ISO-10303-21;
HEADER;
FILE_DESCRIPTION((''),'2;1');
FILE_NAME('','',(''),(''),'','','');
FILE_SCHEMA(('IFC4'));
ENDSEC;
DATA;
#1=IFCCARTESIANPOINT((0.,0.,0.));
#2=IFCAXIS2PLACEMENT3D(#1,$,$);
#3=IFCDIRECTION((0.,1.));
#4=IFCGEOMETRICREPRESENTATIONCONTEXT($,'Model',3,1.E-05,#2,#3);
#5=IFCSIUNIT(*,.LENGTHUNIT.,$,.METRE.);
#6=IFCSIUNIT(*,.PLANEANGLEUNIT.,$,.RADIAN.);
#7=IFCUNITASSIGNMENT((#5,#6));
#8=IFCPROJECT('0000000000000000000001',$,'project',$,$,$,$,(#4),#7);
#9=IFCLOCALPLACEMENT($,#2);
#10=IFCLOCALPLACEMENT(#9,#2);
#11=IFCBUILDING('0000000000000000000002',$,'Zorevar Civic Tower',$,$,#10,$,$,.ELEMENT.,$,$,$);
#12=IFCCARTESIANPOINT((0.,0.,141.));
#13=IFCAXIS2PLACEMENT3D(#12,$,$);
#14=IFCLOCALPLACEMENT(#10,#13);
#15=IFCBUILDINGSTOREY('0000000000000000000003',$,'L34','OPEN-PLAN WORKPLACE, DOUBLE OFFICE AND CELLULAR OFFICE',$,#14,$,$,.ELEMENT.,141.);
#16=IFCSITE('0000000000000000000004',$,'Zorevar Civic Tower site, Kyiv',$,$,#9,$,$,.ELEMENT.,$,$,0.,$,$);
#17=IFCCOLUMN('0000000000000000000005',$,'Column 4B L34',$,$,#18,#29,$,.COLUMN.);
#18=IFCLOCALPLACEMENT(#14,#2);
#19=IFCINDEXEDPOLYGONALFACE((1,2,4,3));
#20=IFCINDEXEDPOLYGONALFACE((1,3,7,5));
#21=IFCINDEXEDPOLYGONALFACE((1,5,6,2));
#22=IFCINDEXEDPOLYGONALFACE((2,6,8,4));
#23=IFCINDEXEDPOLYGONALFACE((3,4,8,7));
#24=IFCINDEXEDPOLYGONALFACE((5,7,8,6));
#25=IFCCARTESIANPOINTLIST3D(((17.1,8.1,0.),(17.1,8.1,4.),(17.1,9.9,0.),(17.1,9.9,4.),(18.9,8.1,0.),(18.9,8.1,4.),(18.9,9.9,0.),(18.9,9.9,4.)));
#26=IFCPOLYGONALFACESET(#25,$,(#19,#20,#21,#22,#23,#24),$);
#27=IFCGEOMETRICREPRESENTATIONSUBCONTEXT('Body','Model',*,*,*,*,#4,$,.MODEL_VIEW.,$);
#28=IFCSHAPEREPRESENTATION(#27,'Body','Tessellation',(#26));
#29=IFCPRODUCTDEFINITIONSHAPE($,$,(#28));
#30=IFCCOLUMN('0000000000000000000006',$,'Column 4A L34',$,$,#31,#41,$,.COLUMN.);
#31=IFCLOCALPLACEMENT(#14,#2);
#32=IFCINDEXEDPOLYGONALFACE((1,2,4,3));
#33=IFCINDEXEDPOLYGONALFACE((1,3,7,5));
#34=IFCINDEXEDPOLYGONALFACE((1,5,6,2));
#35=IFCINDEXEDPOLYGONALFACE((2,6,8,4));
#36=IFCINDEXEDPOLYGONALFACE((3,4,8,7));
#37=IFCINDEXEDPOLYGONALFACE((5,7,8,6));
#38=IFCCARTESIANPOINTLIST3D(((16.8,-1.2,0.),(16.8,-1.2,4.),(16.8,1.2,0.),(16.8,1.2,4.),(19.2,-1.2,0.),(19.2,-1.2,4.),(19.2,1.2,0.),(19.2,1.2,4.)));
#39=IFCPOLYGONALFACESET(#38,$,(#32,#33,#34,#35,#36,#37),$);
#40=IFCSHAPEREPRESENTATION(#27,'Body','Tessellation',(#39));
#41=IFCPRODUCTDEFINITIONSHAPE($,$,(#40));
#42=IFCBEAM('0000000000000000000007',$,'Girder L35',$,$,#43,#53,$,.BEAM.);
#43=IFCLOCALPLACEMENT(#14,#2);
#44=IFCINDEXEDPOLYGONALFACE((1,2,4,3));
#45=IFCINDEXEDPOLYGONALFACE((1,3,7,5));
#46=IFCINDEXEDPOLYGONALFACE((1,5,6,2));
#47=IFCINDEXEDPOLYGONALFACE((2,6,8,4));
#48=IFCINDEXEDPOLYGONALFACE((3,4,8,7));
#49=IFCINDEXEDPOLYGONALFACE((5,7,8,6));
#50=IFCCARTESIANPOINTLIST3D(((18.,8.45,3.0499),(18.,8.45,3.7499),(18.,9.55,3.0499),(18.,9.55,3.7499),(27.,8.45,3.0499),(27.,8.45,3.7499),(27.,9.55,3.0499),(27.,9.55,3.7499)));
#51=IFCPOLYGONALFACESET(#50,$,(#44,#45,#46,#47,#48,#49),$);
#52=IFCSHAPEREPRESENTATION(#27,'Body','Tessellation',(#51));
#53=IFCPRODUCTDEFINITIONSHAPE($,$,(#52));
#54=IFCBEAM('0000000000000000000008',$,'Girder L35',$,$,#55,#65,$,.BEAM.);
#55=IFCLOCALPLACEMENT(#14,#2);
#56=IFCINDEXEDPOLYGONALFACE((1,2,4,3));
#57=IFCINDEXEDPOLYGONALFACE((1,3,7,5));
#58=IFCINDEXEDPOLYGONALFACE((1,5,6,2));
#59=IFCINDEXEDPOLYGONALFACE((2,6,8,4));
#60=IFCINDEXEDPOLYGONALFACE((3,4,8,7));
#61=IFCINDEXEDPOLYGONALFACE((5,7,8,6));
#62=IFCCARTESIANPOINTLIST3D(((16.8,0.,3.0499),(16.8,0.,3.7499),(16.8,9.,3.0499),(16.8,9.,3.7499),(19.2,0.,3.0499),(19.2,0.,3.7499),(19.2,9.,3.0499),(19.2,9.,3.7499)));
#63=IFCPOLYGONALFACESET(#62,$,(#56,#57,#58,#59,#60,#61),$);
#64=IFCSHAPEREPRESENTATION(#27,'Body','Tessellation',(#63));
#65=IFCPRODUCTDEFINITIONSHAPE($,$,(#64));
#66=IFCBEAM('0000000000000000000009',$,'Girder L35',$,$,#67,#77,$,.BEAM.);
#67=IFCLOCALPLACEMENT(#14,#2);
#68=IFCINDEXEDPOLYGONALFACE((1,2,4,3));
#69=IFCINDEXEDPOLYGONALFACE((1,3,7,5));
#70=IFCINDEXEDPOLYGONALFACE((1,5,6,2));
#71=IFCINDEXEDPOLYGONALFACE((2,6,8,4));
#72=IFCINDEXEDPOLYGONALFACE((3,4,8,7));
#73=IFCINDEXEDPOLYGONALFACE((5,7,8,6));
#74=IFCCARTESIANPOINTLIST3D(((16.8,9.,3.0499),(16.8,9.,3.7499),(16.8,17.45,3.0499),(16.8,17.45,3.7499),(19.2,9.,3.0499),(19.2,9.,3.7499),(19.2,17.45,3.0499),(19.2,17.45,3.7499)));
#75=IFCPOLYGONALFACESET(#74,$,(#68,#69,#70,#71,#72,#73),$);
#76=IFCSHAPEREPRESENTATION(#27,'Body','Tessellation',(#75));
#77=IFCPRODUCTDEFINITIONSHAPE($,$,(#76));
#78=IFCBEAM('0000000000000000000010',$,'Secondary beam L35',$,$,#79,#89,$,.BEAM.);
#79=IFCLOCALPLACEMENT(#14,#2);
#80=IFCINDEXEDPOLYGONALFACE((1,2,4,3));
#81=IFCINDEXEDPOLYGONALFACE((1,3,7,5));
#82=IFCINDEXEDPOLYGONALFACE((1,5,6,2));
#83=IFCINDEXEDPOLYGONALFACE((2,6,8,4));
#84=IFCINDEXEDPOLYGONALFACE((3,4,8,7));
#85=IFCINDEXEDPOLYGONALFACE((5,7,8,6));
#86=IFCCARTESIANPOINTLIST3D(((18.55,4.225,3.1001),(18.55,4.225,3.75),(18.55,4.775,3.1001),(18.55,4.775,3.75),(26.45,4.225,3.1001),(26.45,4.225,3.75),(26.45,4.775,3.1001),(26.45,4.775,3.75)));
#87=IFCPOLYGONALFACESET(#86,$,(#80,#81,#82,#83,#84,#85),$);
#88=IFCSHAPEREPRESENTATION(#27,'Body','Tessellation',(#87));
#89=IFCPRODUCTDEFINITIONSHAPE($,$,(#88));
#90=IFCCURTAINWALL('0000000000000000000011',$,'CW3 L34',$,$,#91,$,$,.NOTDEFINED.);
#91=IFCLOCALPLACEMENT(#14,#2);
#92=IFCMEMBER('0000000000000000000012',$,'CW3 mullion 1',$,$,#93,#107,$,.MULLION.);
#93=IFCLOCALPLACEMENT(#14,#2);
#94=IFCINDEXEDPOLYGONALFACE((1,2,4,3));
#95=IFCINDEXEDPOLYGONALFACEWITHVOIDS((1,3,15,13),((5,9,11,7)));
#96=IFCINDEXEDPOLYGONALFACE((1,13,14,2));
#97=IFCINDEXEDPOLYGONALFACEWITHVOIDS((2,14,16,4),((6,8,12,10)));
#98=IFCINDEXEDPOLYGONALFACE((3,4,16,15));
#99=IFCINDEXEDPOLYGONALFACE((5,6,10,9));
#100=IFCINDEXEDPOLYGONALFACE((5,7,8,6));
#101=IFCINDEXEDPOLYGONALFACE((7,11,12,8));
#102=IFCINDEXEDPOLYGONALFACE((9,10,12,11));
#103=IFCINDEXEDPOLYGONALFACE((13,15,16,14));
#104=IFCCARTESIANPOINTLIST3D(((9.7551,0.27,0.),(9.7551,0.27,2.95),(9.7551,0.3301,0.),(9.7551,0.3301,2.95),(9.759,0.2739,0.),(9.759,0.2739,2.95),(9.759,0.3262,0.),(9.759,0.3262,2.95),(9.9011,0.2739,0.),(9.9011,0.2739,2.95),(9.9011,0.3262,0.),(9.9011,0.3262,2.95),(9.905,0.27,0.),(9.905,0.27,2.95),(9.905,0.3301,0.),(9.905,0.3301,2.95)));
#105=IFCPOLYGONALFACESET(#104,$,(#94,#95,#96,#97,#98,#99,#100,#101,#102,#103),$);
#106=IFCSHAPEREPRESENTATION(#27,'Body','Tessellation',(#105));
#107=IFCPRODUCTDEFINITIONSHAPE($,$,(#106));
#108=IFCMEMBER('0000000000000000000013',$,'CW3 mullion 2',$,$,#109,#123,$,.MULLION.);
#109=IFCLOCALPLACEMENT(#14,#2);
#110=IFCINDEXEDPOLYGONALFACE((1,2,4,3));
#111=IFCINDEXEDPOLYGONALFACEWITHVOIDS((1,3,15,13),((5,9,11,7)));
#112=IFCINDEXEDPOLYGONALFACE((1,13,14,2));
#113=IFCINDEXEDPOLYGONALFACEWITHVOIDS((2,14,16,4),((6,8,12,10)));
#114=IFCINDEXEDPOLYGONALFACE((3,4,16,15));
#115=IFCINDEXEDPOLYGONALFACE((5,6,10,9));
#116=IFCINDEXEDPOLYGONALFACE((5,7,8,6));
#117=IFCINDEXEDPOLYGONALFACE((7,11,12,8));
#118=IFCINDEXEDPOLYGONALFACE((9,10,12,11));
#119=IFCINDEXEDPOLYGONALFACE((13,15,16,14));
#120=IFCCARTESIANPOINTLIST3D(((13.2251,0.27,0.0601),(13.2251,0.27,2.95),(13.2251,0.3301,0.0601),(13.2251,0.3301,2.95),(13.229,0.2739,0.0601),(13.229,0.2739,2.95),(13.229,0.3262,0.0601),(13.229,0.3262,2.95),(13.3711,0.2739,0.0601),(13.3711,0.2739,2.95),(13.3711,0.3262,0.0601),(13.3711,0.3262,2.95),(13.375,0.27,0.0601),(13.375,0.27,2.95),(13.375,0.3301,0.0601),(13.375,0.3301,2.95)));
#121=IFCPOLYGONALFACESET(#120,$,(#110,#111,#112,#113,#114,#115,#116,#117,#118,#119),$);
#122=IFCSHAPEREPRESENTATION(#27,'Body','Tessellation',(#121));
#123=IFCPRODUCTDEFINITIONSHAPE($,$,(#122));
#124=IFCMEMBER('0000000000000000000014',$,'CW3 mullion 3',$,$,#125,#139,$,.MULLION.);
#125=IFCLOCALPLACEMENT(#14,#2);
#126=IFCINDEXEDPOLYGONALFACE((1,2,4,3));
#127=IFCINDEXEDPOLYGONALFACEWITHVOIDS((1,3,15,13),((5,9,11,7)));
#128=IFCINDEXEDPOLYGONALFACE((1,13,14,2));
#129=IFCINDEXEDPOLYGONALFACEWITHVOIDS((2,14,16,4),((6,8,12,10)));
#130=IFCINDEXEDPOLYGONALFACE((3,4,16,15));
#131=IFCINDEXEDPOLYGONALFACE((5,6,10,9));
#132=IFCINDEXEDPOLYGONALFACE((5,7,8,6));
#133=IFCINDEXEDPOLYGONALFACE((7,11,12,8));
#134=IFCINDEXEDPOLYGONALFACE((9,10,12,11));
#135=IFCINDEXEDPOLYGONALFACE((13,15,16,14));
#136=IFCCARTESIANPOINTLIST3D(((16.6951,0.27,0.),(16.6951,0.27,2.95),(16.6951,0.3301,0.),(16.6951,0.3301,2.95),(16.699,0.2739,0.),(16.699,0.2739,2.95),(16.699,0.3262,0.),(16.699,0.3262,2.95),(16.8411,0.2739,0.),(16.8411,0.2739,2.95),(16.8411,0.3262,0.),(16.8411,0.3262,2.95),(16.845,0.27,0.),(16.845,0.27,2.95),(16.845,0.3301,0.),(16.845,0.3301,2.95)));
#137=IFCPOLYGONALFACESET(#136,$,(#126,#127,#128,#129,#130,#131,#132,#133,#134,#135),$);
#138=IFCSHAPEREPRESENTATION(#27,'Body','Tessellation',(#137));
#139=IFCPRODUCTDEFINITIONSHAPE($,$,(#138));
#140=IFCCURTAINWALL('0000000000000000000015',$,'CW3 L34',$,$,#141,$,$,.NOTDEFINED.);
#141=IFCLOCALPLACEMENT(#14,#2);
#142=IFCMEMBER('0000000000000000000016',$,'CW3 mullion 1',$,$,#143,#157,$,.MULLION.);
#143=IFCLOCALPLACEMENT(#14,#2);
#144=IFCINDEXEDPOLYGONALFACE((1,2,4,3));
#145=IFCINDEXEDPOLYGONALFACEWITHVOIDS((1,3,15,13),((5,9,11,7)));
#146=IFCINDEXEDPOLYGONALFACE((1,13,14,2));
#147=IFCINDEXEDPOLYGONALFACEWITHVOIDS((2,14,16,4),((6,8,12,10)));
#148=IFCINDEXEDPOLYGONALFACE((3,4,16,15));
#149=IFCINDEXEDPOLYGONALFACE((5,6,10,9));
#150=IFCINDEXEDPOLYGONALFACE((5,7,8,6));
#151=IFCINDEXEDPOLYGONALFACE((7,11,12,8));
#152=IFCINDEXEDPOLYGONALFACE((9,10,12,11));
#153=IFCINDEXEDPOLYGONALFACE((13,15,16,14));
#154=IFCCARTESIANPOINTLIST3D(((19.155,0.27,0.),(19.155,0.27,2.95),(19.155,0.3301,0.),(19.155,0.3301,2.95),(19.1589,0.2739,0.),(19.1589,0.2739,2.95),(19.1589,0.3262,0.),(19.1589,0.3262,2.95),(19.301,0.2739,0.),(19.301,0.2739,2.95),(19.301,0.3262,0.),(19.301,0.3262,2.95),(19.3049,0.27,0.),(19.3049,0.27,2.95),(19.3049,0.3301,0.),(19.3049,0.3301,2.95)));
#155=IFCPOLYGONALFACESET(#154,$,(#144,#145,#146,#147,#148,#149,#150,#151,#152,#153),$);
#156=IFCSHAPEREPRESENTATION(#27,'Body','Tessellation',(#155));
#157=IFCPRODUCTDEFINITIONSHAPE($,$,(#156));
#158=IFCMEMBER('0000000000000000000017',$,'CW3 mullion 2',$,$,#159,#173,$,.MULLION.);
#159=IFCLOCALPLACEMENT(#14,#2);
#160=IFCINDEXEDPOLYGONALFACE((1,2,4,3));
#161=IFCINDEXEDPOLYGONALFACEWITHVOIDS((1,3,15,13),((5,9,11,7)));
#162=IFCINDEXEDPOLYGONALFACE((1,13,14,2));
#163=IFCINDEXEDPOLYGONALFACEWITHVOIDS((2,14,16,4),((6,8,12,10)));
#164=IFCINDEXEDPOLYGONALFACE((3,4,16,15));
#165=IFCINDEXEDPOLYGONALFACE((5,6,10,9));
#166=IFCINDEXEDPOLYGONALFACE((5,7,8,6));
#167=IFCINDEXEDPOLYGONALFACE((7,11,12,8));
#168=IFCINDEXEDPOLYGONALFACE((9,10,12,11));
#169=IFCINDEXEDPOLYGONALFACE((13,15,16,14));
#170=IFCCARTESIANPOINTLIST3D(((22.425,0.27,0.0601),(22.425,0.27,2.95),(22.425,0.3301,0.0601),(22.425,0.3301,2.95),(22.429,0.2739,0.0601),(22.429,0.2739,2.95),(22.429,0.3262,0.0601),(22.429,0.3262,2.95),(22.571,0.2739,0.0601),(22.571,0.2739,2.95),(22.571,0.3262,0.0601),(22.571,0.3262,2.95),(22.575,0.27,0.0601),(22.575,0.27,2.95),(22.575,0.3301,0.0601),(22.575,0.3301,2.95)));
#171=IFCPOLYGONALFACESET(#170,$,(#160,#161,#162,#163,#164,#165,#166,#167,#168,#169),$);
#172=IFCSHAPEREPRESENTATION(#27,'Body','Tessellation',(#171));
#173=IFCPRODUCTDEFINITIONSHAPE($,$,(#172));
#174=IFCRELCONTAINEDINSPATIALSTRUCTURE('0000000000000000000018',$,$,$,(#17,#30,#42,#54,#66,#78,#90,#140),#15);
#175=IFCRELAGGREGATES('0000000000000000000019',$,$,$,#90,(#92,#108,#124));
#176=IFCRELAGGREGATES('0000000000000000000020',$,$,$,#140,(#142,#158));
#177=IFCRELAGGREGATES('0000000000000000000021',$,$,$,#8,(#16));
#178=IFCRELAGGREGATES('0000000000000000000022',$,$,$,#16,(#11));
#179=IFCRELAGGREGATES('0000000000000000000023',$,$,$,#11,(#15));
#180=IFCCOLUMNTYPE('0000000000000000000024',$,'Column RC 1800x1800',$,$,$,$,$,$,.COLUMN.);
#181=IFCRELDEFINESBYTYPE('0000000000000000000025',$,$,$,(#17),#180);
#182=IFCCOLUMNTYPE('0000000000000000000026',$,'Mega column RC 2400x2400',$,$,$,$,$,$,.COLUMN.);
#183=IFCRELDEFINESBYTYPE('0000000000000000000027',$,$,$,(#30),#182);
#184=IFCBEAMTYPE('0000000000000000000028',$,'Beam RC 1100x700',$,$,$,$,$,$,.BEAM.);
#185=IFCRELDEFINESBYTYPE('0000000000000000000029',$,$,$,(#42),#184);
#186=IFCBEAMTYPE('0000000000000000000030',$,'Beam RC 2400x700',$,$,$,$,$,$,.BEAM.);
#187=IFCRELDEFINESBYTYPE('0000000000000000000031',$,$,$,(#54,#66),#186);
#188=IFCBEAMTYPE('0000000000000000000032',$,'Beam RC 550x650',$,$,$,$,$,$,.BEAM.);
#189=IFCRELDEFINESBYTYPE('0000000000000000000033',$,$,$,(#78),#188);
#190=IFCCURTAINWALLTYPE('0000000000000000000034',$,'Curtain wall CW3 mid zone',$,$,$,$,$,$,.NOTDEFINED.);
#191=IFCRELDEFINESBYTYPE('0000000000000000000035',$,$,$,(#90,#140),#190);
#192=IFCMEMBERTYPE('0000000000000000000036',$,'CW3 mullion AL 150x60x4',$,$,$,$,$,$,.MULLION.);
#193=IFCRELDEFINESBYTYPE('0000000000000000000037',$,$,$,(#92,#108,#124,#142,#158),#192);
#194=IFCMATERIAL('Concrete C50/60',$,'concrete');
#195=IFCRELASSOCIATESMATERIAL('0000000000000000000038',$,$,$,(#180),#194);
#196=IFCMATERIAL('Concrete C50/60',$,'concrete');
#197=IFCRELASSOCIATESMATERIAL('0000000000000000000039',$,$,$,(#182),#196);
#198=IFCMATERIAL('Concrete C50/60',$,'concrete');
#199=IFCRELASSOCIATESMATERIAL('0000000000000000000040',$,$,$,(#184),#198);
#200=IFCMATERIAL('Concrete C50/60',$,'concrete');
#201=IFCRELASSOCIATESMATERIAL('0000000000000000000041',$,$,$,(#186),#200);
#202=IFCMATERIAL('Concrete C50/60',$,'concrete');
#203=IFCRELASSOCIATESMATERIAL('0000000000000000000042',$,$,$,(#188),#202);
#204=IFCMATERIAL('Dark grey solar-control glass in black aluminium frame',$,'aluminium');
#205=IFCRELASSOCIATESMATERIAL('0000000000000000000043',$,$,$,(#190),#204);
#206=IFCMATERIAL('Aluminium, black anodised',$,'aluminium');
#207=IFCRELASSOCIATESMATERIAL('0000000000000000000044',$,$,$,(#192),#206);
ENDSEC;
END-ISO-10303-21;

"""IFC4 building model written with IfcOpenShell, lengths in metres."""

from ifc_helpers import new_model, si_unit, direction, frame, origin, origin_2d, place, context, subcontext, project, spatial, rectangle, hollow_rectangle, extrude, material, material_profile, profile_set, type_object, element, aggregate, save


model = new_model("IFC4")

# Units and contexts
model_context = context("Model", 3, precision=1e-05, world=origin(), true_north=direction((0.0, 1.0)))
body_context = subcontext(model_context, "Body", "Model", "MODEL_VIEW")
ifc_project = project(units=[si_unit("LENGTHUNIT", "METRE"), si_unit("PLANEANGLEUNIT", "RADIAN")], contexts=[model_context])

# Site, building, storey
site_placement = place(None, origin())
site = spatial("IfcSite", under=ifc_project, at=site_placement, Name="Zorevar Civic Tower site, Kyiv", CompositionType="ELEMENT", RefElevation=0.0)
building_placement = place(site_placement, origin())
building = spatial("IfcBuilding", under=site, at=building_placement, Name="Zorevar Civic Tower", CompositionType="ELEMENT")
storey_placement = place(building_placement, frame((0.0, 0.0, 141.0)))
storey = spatial("IfcBuildingStorey", under=building, at=storey_placement, Name="L34", Description="OPEN-PLAN WORKPLACE, DOUBLE OFFICE AND CELLULAR OFFICE", CompositionType="ELEMENT", Elevation=141.0)

# Columns
ifc_material_1 = material(Name="Concrete C50/60", Category="concrete")
ifc_material_profile_1 = material_profile(ifc_material_1, rectangle(XDim=1.8, YDim=1.8, at=origin_2d()), Name="RC 1800x1800")
ifc_profile_set_1 = profile_set([ifc_material_profile_1], Name="Concrete C50/60")
column_type_1 = type_object("IfcColumnType", Name="Column RC 1800x1800", PredefinedType="COLUMN", material=ifc_profile_set_1)
column_1_placement = place(storey_placement, frame((18.0, 9.0, 0.0), z_axis=(0.0, 0.0, 1.0), x_axis=(1.0, 0.0, 0.0)))
element("IfcColumn", 1, at=column_1_placement, inside=storey, type_object=column_type_1, Name="Column 4B L34", PredefinedType="COLUMN", context=body_context, shape_type="SweptSolid", body=[
    extrude(rectangle(XDim=1.8, YDim=1.8, at=origin_2d()), origin(), (0.0, 0.0, 1.0), 4.0),
])
ifc_material_2 = material(Name="Concrete C50/60", Category="concrete")
ifc_material_profile_2 = material_profile(ifc_material_2, rectangle(XDim=2.3999, YDim=2.3999, at=origin_2d()), Name="RC 2400x2400")
ifc_profile_set_2 = profile_set([ifc_material_profile_2], Name="Concrete C50/60")
column_type_2 = type_object("IfcColumnType", Name="Mega column RC 2400x2400", PredefinedType="COLUMN", material=ifc_profile_set_2)
column_2_placement = place(storey_placement, frame((18.0, 0.0, 0.0), z_axis=(0.0, 0.0, 1.0), x_axis=(1.0, 0.0, 0.0)))
element("IfcColumn", 2, at=column_2_placement, inside=storey, type_object=column_type_2, Name="Column 4A L34", PredefinedType="COLUMN", context=body_context, shape_type="SweptSolid", body=[
    extrude(rectangle(XDim=2.3999, YDim=2.3999, at=origin_2d()), origin(), (0.0, 0.0, 1.0), 4.0),
])

# Beams
ifc_material_3 = material(Name="Concrete C50/60", Category="concrete")
ifc_material_profile_3 = material_profile(ifc_material_3, rectangle(XDim=1.1001, YDim=0.7, at=origin_2d()), Name="RC 1100x700")
ifc_profile_set_3 = profile_set([ifc_material_profile_3], Name="Concrete C50/60")
beam_type_1 = type_object("IfcBeamType", Name="Beam RC 1100x700", PredefinedType="BEAM", material=ifc_profile_set_3)
beam_1_placement = place(storey_placement, frame((18.0, 9.0, 3.3999), z_axis=(1.0, 0.0, 0.0), x_axis=(0.0, 1.0, 0.0)))
element("IfcBeam", 3, at=beam_1_placement, inside=storey, type_object=beam_type_1, Name="Girder L35", PredefinedType="BEAM", context=body_context, shape_type="SweptSolid", body=[
    extrude(rectangle(XDim=1.1001, YDim=0.7, at=origin_2d()), origin(), (0.0, 0.0, 1.0), 9.0),
])
ifc_material_4 = material(Name="Concrete C50/60", Category="concrete")
ifc_material_profile_4 = material_profile(ifc_material_4, rectangle(XDim=2.3999, YDim=0.7, at=origin_2d()), Name="RC 2400x700")
ifc_profile_set_4 = profile_set([ifc_material_profile_4], Name="Concrete C50/60")
beam_type_2 = type_object("IfcBeamType", Name="Beam RC 2400x700", PredefinedType="BEAM", material=ifc_profile_set_4)
beam_2_placement = place(storey_placement, frame((18.0, 0.0, 3.3999), z_axis=(0.0, 1.0, 0.0), x_axis=(-1.0, 0.0, 0.0)))
element("IfcBeam", 4, at=beam_2_placement, inside=storey, type_object=beam_type_2, Name="Girder L35", PredefinedType="BEAM", context=body_context, shape_type="SweptSolid", body=[
    extrude(rectangle(XDim=2.3999, YDim=0.7, at=origin_2d()), origin(), (0.0, 0.0, 1.0), 9.0),
])
beam_3_placement = place(storey_placement, frame((18.0, 9.0, 3.3999), z_axis=(0.0, 1.0, 0.0), x_axis=(-1.0, 0.0, 0.0)))
element("IfcBeam", 5, at=beam_3_placement, inside=storey, type_object=beam_type_2, Name="Girder L35", PredefinedType="BEAM", context=body_context, shape_type="SweptSolid", body=[
    extrude(rectangle(XDim=2.3999, YDim=0.7, at=origin_2d()), origin(), (0.0, 0.0, 1.0), 8.45),
])
ifc_material_5 = material(Name="Concrete C50/60", Category="concrete")
ifc_material_profile_5 = material_profile(ifc_material_5, rectangle(XDim=0.55, YDim=0.6499, at=origin_2d()), Name="RC 550x650")
ifc_profile_set_5 = profile_set([ifc_material_profile_5], Name="Concrete C50/60")
beam_type_3 = type_object("IfcBeamType", Name="Beam RC 550x650", PredefinedType="BEAM", material=ifc_profile_set_5)
beam_4_placement = place(storey_placement, frame((18.55, 4.5, 3.425), z_axis=(1.0, 0.0, 0.0), x_axis=(0.0, 1.0, 0.0)))
element("IfcBeam", 6, at=beam_4_placement, inside=storey, type_object=beam_type_3, Name="Secondary beam L35", PredefinedType="BEAM", context=body_context, shape_type="SweptSolid", body=[
    extrude(rectangle(XDim=0.55, YDim=0.6499, at=origin_2d()), origin(), (0.0, 0.0, 1.0), 7.8999),
])

# Curtain walls, members
ifc_material_6 = material(Name="Dark grey solar-control glass in black aluminium frame", Category="aluminium")
curtain_wall_type = type_object("IfcCurtainWallType", Name="Curtain wall CW3 mid zone", PredefinedType="NOTDEFINED", material=ifc_material_6)
curtain_wall_1_placement = place(storey_placement, origin())
curtain_wall_1 = element("IfcCurtainWall", 7, at=curtain_wall_1_placement, inside=storey, type_object=curtain_wall_type, Name="CW3 L34", PredefinedType="NOTDEFINED")
ifc_material_7 = material(Name="Aluminium, black anodised", Category="aluminium")
ifc_material_profile_6 = material_profile(ifc_material_7, hollow_rectangle(XDim=0.0601, YDim=0.1499, WallThickness=0.0039, at=origin_2d()), Name="AL 150x60x4")
ifc_profile_set_6 = profile_set([ifc_material_profile_6], Name="Aluminium, black anodised")
member_type_1 = type_object("IfcMemberType", Name="CW3 mullion AL 150x60x4", PredefinedType="MULLION", material=ifc_profile_set_6)
member_1_placement = place(storey_placement, frame((9.8301, 0.3, 0.0), z_axis=(0.0, 0.0, 1.0), x_axis=(0.0, 1.0, 0.0)))
member_1 = element("IfcMember", 8, at=member_1_placement, type_object=member_type_1, Name="CW3 mullion 1", PredefinedType="MULLION", context=body_context, shape_type="SweptSolid", body=[
    extrude(hollow_rectangle(XDim=0.0601, YDim=0.1499, WallThickness=0.0039, at=origin_2d()), origin(), (0.0, 0.0, 1.0), 2.95),
])
member_2_placement = place(storey_placement, frame((13.3, 0.3, 0.0601), z_axis=(0.0, 0.0, 1.0), x_axis=(0.0, 1.0, 0.0)))
member_2 = element("IfcMember", 9, at=member_2_placement, type_object=member_type_1, Name="CW3 mullion 2", PredefinedType="MULLION", context=body_context, shape_type="SweptSolid", body=[
    extrude(hollow_rectangle(XDim=0.0601, YDim=0.1499, WallThickness=0.0039, at=origin_2d()), origin(), (0.0, 0.0, 1.0), 2.8899),
])
member_3_placement = place(storey_placement, frame((16.77, 0.3, 0.0), z_axis=(0.0, 0.0, 1.0), x_axis=(0.0, 1.0, 0.0)))
member_3 = element("IfcMember", 10, at=member_3_placement, type_object=member_type_1, Name="CW3 mullion 3", PredefinedType="MULLION", context=body_context, shape_type="SweptSolid", body=[
    extrude(hollow_rectangle(XDim=0.0601, YDim=0.1499, WallThickness=0.0039, at=origin_2d()), origin(), (0.0, 0.0, 1.0), 2.95),
])
curtain_wall_2_placement = place(storey_placement, origin())
curtain_wall_2 = element("IfcCurtainWall", 11, at=curtain_wall_2_placement, inside=storey, type_object=curtain_wall_type, Name="CW3 L34", PredefinedType="NOTDEFINED")
member_4_placement = place(storey_placement, frame((19.23, 0.3, 0.0), z_axis=(0.0, 0.0, 1.0), x_axis=(0.0, 1.0, 0.0)))
member_4 = element("IfcMember", 12, at=member_4_placement, type_object=member_type_1, Name="CW3 mullion 1", PredefinedType="MULLION", context=body_context, shape_type="SweptSolid", body=[
    extrude(hollow_rectangle(XDim=0.0601, YDim=0.1499, WallThickness=0.0039, at=origin_2d()), origin(), (0.0, 0.0, 1.0), 2.95),
])
member_5_placement = place(storey_placement, frame((22.5, 0.3, 0.0601), z_axis=(0.0, 0.0, 1.0), x_axis=(0.0, 1.0, 0.0)))
member_5 = element("IfcMember", 13, at=member_5_placement, type_object=member_type_1, Name="CW3 mullion 2", PredefinedType="MULLION", context=body_context, shape_type="SweptSolid", body=[
    extrude(hollow_rectangle(XDim=0.0601, YDim=0.1499, WallThickness=0.0039, at=origin_2d()), origin(), (0.0, 0.0, 1.0), 2.8899),
])

aggregate(curtain_wall_1, [member_1, member_2, member_3])
aggregate(curtain_wall_2, [member_4, member_5])

save(model, "model.ifc")
